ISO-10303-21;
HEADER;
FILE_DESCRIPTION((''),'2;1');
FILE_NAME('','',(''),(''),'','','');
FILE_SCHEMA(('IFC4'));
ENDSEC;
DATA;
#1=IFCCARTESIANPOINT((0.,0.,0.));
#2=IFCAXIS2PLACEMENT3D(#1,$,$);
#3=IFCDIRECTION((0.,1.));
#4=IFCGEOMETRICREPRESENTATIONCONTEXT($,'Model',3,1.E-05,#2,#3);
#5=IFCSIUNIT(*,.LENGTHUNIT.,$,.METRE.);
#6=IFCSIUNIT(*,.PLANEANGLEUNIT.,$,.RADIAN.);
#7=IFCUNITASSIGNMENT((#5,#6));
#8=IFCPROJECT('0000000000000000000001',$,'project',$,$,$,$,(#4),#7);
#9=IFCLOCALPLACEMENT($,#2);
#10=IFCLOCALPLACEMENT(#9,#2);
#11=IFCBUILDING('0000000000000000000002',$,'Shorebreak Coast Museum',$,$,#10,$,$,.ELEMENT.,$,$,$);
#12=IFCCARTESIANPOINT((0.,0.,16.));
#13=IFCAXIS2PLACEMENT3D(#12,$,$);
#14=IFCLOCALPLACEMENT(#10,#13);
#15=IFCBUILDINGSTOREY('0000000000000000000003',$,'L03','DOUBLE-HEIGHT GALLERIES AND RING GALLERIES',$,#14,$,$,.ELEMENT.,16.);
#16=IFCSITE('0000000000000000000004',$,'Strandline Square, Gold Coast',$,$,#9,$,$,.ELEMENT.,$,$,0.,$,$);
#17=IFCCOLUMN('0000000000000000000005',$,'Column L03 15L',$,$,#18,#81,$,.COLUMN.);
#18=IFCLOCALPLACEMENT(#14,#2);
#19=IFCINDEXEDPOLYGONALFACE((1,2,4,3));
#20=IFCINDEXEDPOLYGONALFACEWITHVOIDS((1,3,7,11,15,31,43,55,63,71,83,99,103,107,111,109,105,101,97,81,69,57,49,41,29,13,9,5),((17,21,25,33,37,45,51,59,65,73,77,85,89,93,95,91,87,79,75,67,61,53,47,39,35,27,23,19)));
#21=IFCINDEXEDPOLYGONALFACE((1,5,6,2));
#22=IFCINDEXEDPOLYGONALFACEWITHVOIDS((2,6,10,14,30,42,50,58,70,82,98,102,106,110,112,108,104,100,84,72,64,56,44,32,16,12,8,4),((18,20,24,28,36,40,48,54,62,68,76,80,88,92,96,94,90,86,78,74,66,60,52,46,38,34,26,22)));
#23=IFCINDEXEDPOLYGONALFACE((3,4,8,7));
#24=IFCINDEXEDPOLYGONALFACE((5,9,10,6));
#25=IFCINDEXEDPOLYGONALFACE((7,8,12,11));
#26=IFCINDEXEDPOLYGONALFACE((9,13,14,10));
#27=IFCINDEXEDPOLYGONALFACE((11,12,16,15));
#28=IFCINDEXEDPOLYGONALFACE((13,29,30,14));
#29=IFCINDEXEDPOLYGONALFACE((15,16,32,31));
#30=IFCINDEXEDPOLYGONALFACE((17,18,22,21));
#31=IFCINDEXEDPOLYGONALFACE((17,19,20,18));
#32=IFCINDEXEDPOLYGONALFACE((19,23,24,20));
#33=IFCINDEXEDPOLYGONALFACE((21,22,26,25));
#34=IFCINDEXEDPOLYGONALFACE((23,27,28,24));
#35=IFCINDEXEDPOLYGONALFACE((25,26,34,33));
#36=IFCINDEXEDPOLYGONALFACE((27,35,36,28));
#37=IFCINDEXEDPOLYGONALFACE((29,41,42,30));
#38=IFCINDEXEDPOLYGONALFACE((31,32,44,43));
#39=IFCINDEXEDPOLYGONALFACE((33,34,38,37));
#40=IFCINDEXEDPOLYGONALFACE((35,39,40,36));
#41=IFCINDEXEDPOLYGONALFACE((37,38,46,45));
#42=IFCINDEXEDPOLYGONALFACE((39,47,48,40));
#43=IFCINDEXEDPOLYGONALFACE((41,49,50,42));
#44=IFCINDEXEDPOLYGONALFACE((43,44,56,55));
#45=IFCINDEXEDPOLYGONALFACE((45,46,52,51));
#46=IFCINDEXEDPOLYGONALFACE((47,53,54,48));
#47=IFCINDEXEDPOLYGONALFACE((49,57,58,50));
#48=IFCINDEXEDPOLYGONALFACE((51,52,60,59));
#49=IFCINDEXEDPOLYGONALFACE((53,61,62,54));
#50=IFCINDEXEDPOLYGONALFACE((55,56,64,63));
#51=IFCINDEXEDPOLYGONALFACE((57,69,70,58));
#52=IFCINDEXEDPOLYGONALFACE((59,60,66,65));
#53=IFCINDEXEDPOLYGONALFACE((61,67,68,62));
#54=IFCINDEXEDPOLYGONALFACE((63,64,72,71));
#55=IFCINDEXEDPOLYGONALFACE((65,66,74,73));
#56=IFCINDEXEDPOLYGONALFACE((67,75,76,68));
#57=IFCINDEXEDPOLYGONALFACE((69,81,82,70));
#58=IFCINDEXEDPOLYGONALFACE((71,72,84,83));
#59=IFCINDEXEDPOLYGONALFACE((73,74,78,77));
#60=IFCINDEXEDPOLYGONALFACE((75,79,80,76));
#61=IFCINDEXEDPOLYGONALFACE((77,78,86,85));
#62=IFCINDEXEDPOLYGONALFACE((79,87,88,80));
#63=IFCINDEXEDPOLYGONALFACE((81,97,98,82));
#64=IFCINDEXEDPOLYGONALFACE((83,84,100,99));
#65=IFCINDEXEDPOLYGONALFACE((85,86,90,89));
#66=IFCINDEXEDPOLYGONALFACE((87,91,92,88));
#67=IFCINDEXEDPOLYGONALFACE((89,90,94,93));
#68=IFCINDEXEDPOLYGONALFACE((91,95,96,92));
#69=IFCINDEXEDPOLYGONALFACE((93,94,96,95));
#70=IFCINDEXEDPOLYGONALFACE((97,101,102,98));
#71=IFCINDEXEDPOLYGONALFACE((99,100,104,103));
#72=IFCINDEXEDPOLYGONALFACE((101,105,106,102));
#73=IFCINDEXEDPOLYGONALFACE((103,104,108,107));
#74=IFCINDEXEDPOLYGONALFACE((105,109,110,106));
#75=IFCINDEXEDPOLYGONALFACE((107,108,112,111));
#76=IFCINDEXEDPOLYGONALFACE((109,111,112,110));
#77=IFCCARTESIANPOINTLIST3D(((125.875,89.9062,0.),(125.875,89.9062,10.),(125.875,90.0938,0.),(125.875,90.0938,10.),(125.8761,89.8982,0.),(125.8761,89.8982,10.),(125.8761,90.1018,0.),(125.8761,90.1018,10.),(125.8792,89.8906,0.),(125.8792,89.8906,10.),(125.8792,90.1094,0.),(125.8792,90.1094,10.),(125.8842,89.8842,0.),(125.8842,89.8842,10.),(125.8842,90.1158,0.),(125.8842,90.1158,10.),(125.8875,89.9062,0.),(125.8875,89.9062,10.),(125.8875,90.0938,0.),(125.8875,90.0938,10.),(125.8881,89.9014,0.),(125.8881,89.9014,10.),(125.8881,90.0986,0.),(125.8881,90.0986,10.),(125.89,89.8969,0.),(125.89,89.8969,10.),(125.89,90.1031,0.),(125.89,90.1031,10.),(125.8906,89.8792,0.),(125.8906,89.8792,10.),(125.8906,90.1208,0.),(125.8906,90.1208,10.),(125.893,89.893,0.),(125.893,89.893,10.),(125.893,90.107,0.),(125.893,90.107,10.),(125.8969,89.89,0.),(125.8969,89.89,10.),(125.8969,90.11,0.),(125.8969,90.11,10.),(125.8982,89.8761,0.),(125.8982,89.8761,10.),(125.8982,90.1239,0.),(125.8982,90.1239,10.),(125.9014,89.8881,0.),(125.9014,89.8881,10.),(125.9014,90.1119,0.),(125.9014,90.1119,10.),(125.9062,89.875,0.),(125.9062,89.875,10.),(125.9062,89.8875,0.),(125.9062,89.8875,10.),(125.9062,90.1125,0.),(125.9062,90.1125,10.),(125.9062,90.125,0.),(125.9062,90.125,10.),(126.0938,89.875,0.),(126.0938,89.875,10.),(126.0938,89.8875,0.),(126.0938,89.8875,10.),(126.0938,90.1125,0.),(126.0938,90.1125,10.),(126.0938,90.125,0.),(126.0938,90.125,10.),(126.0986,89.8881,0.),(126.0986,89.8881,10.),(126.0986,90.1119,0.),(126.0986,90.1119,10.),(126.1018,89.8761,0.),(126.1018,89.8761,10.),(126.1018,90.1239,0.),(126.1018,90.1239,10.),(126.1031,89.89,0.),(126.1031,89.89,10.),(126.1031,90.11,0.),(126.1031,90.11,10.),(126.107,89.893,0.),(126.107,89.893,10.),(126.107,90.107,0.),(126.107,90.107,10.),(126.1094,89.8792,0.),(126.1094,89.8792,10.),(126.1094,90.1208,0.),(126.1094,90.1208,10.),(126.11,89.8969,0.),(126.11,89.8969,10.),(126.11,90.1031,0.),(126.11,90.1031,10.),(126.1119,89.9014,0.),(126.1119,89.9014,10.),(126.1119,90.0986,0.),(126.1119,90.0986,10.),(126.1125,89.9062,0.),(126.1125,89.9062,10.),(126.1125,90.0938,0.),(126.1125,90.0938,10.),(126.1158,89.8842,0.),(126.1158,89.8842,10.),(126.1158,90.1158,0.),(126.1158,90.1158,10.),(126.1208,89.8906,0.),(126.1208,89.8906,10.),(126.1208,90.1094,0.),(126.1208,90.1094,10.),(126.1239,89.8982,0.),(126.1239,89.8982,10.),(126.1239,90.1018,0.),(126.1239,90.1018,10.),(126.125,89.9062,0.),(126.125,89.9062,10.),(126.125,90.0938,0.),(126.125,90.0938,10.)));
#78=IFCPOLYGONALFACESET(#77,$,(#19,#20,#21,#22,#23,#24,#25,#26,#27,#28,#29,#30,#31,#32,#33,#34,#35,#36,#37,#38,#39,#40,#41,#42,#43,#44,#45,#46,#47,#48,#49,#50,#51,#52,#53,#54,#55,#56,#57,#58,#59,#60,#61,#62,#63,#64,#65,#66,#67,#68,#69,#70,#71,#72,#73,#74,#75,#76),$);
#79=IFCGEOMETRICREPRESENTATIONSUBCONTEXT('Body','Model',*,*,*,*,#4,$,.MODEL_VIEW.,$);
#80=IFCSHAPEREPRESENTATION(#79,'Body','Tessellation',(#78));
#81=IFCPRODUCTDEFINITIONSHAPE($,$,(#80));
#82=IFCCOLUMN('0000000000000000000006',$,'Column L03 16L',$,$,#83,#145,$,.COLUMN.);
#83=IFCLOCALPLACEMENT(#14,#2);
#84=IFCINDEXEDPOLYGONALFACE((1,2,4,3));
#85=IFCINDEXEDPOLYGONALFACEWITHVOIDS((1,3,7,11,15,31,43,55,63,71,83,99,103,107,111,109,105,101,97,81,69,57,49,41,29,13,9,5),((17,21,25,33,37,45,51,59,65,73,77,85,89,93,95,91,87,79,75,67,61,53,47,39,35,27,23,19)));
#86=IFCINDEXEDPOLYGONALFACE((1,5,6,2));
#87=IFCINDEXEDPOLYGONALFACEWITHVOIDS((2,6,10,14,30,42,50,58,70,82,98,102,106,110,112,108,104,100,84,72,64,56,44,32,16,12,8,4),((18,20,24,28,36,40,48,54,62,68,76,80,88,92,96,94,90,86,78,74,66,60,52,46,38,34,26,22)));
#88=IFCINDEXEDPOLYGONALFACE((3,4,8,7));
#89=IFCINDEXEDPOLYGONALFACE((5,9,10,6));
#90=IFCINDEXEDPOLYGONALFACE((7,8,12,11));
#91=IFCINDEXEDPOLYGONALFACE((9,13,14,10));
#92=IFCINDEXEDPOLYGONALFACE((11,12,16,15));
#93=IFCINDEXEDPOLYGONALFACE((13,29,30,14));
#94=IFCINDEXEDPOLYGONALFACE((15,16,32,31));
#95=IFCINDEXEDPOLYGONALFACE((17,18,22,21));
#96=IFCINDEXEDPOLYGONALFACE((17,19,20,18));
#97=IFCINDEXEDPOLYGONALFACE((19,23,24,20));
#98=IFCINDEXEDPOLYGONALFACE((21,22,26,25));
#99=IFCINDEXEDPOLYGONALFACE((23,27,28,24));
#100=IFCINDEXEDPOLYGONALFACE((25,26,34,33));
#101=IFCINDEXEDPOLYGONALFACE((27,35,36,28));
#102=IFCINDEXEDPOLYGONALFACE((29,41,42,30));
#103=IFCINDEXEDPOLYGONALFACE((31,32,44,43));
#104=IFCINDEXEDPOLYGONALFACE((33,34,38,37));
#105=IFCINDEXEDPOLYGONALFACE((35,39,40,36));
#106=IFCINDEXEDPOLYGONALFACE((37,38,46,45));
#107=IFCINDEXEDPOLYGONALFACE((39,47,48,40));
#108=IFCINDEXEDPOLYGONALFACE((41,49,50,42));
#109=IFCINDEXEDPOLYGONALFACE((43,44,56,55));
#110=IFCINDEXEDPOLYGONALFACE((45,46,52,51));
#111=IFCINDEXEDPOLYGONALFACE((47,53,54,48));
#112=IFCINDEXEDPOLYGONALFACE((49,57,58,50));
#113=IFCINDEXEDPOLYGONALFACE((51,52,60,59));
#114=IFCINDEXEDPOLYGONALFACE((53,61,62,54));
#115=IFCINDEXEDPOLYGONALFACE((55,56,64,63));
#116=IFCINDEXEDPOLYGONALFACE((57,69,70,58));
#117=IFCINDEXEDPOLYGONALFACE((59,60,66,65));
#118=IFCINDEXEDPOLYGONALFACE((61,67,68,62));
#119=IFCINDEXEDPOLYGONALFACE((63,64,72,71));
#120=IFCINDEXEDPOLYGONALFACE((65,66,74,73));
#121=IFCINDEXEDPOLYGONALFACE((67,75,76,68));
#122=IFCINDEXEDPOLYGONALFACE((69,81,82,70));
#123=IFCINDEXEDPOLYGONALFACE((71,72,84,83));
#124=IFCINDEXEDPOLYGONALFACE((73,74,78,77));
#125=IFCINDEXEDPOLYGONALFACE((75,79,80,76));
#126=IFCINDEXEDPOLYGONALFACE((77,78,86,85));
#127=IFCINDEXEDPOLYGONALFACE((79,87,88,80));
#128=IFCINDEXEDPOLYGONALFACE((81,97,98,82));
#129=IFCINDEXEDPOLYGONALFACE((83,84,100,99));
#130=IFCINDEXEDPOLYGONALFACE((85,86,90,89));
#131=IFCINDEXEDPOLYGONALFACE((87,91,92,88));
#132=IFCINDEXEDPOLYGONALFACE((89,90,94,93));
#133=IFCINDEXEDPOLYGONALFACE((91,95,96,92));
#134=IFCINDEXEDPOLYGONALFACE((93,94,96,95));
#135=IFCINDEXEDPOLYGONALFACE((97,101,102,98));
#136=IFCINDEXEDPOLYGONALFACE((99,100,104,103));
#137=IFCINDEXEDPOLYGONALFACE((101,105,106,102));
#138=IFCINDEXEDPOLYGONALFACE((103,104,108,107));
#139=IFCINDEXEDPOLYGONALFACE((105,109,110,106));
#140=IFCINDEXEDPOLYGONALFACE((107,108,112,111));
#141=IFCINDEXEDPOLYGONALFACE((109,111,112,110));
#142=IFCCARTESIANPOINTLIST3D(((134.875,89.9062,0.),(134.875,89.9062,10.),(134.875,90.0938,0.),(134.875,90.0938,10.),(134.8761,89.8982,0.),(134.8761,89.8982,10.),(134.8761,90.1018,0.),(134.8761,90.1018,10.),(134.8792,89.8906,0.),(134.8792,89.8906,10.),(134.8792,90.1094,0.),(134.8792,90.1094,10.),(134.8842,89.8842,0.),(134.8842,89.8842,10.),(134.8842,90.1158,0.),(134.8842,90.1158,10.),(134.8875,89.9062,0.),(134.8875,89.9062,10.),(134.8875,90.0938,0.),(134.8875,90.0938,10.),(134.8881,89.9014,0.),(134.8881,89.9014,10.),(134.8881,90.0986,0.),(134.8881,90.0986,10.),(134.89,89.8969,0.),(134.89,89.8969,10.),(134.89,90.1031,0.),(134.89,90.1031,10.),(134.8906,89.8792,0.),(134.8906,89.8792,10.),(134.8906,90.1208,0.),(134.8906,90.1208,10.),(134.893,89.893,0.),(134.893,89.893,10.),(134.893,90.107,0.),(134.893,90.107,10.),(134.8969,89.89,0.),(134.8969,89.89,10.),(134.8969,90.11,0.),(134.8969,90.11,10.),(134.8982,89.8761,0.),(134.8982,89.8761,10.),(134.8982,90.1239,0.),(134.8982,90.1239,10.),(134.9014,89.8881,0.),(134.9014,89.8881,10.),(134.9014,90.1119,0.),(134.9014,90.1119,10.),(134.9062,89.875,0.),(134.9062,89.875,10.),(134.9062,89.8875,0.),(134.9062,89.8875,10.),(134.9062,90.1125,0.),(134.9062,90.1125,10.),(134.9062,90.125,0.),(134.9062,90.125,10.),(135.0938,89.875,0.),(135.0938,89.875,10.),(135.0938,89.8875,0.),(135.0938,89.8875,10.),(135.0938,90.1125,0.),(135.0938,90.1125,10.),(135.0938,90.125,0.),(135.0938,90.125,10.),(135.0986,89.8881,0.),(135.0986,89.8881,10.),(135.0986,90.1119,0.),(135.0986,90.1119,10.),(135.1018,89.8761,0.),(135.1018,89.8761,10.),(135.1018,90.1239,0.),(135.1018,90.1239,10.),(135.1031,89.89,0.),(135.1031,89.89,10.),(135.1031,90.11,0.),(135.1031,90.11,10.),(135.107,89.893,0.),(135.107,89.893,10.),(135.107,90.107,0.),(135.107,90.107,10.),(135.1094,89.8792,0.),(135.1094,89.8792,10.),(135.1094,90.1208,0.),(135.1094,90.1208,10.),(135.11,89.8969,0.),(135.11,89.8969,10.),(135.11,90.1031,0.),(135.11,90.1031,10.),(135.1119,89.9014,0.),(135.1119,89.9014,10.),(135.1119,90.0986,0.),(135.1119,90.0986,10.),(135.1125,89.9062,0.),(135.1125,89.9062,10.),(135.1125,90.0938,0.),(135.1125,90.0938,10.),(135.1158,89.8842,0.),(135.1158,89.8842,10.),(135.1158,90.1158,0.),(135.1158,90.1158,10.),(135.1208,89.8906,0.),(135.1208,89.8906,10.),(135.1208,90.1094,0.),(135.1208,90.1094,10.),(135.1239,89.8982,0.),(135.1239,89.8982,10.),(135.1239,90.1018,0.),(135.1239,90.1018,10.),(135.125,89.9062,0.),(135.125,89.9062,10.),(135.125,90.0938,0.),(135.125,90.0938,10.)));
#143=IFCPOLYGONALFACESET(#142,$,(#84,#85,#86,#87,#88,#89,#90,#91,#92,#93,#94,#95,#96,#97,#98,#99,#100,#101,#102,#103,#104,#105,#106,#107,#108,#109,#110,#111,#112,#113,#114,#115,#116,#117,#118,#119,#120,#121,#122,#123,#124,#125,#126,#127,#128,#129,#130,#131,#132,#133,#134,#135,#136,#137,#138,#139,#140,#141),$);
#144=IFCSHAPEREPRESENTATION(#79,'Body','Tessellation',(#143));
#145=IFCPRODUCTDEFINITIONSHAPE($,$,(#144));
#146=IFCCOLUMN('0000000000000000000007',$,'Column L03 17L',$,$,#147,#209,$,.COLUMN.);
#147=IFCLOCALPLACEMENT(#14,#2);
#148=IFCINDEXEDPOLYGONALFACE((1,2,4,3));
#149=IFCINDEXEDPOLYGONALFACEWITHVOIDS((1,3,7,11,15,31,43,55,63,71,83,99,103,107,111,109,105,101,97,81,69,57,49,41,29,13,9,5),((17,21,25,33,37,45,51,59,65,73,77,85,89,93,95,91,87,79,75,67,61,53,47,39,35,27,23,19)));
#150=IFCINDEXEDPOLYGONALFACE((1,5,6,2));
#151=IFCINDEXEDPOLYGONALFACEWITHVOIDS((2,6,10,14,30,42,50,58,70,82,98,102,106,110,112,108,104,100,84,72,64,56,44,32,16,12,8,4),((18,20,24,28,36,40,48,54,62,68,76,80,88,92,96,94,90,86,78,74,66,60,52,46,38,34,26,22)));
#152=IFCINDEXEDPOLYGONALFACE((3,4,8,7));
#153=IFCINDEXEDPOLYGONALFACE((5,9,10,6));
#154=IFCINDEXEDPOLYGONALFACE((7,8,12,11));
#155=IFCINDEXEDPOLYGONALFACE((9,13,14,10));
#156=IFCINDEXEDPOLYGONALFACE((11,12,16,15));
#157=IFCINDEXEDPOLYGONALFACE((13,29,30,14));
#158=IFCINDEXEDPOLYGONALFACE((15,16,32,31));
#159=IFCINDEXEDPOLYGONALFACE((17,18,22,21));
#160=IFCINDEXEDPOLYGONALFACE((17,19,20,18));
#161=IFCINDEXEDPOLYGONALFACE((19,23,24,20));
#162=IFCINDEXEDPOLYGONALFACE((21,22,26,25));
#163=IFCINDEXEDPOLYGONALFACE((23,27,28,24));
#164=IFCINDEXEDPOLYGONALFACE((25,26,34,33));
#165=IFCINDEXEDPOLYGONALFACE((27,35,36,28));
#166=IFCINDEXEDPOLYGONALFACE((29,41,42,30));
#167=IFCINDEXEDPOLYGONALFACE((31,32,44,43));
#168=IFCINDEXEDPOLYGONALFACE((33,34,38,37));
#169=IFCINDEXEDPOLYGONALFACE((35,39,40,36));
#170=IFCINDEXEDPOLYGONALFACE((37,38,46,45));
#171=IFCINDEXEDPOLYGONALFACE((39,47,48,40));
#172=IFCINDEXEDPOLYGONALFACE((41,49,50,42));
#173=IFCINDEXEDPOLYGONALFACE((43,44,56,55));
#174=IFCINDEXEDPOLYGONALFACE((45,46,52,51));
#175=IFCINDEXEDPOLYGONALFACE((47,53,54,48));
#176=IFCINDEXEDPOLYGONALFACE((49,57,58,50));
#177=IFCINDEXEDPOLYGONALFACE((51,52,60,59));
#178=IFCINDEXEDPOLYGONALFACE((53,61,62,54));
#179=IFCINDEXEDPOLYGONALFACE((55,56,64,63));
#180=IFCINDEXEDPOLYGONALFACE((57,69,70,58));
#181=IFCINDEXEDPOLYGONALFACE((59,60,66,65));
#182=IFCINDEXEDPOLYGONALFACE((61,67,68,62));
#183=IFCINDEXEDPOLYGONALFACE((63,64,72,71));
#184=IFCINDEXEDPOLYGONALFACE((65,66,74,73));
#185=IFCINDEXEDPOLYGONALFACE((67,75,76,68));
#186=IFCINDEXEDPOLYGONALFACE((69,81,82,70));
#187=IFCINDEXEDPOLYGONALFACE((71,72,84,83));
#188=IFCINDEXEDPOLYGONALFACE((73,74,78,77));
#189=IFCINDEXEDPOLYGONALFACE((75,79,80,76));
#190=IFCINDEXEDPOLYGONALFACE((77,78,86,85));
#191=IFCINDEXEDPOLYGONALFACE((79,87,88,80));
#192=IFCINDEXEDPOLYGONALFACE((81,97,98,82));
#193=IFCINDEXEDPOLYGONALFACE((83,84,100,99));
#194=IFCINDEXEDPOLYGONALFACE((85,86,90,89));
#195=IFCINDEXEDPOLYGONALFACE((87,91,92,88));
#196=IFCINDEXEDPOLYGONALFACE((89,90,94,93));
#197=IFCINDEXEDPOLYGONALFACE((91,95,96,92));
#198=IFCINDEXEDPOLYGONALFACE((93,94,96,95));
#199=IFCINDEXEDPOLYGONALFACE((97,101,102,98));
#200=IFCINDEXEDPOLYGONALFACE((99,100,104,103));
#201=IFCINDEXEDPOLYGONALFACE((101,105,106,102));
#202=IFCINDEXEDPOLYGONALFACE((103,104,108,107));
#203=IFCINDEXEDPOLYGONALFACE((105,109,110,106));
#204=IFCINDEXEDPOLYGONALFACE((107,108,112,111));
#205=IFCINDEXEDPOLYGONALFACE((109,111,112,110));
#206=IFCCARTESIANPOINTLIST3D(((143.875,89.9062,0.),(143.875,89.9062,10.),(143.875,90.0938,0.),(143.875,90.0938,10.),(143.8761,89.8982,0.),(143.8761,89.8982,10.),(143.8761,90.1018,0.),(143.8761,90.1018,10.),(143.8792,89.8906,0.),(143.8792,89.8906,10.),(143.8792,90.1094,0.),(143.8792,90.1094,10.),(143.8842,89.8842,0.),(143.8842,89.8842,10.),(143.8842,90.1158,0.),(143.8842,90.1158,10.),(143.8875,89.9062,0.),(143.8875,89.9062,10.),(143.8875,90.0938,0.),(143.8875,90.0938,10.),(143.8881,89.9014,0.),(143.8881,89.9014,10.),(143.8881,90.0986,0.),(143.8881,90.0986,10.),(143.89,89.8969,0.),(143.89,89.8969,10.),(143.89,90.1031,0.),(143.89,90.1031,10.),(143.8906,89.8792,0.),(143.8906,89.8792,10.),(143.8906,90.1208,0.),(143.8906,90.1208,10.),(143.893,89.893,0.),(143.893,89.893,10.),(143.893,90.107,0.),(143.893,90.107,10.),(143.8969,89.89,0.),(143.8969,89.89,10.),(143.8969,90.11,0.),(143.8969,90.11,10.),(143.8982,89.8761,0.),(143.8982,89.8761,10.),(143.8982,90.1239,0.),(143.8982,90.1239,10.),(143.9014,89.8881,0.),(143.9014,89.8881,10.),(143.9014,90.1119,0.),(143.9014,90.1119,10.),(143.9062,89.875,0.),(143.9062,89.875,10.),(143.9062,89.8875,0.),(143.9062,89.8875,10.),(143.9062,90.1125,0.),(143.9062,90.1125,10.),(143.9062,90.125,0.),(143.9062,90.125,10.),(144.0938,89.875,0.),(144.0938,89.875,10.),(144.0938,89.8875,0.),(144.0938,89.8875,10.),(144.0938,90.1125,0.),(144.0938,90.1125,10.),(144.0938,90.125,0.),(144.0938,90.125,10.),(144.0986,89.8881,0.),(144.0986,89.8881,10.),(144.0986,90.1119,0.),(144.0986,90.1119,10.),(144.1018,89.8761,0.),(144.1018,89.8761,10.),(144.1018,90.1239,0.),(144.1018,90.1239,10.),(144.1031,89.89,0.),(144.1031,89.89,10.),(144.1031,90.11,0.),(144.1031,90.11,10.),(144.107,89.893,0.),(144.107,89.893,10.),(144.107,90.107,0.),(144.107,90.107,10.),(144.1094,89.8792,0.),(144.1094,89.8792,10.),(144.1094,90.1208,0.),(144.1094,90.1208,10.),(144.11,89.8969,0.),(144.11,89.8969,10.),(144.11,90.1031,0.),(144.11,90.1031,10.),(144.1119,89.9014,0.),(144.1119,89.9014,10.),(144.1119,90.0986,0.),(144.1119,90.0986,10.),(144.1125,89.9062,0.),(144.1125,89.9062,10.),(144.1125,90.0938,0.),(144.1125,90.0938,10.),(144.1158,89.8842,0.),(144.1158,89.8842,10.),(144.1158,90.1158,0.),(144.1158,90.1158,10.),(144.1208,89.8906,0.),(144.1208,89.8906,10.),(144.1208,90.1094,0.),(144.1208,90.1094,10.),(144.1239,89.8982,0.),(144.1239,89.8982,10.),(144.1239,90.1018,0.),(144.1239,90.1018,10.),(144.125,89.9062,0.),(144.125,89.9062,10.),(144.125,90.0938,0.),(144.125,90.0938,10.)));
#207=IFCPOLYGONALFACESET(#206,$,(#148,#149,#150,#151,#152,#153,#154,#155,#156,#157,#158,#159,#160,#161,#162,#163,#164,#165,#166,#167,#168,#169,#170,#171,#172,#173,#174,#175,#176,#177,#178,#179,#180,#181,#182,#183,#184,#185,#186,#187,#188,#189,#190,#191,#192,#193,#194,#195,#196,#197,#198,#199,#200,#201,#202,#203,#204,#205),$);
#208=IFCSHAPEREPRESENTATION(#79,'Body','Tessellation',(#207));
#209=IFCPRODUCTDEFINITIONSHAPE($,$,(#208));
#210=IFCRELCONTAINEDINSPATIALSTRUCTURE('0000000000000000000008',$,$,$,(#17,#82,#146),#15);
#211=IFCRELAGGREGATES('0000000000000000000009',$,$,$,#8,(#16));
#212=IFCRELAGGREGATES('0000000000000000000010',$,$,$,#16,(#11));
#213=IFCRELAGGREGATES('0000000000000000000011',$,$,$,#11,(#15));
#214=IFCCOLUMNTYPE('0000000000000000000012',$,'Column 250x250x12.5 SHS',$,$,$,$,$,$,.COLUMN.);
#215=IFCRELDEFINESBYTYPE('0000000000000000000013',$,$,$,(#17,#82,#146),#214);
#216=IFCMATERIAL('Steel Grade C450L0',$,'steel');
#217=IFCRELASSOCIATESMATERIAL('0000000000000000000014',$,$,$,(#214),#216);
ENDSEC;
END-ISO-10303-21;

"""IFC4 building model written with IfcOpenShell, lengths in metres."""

from ifc_helpers import new_model, si_unit, direction, frame, origin, origin_2d, place, context, subcontext, project, spatial, hollow_rectangle, extrude, material, material_profile, profile_set, type_object, element, save


model = new_model("IFC4")

# Units and contexts
model_context = context("Model", 3, precision=1e-05, world=origin(), true_north=direction((0.0, 1.0)))
body_context = subcontext(model_context, "Body", "Model", "MODEL_VIEW")
ifc_project = project(units=[si_unit("LENGTHUNIT", "METRE"), si_unit("PLANEANGLEUNIT", "RADIAN")], contexts=[model_context])

# Site, building, storey
site_placement = place(None, origin())
site = spatial("IfcSite", under=ifc_project, at=site_placement, Name="Strandline Square, Gold Coast", CompositionType="ELEMENT", RefElevation=0.0)
building_placement = place(site_placement, origin())
building = spatial("IfcBuilding", under=site, at=building_placement, Name="Shorebreak Coast Museum", CompositionType="ELEMENT")
storey_placement = place(building_placement, frame((0.0, 0.0, 16.0)))
storey = spatial("IfcBuildingStorey", under=building, at=storey_placement, Name="L03", Description="DOUBLE-HEIGHT GALLERIES AND RING GALLERIES", CompositionType="ELEMENT", Elevation=16.0)

# Columns
ifc_material_1 = material(Name="Steel Grade C450L0", Category="steel")
ifc_material_profile_1 = material_profile(ifc_material_1, hollow_rectangle(XDim=0.25, YDim=0.25, WallThickness=0.0125, InnerFilletRadius=0.0188, OuterFilletRadius=0.0312, at=origin_2d()), Name="250x250x12.5 SHS")
ifc_profile_set_1 = profile_set([ifc_material_profile_1], Name="Steel Grade C450L0")
column_type = type_object("IfcColumnType", Name="Column 250x250x12.5 SHS", PredefinedType="COLUMN", material=ifc_profile_set_1)
for number, where, z_axis, x_axis, name in (
    (1, (126.0, 90.0, 0.0), (0.0, 0.0, 1.0), (1.0, 0.0, 0.0), "Column L03 15L"),
    (2, (135.0, 90.0, 0.0), (0.0, 0.0, 1.0), (1.0, 0.0, 0.0), "Column L03 16L"),
    (3, (144.0, 90.0, 0.0), (0.0, 0.0, 1.0), (1.0, 0.0, 0.0), "Column L03 17L"),
):
    element("IfcColumn", number, at=place(storey_placement, frame(where, z_axis=z_axis, x_axis=x_axis)), inside=storey, type_object=column_type, Name=name, PredefinedType="COLUMN", context=body_context, shape_type="SweptSolid", body=[
        extrude(hollow_rectangle(XDim=0.25, YDim=0.25, WallThickness=0.0125, InnerFilletRadius=0.0188, OuterFilletRadius=0.0312, at=origin_2d()), origin(), (0.0, 0.0, 1.0), 10.0),
    ])

save(model, "model.ifc")
